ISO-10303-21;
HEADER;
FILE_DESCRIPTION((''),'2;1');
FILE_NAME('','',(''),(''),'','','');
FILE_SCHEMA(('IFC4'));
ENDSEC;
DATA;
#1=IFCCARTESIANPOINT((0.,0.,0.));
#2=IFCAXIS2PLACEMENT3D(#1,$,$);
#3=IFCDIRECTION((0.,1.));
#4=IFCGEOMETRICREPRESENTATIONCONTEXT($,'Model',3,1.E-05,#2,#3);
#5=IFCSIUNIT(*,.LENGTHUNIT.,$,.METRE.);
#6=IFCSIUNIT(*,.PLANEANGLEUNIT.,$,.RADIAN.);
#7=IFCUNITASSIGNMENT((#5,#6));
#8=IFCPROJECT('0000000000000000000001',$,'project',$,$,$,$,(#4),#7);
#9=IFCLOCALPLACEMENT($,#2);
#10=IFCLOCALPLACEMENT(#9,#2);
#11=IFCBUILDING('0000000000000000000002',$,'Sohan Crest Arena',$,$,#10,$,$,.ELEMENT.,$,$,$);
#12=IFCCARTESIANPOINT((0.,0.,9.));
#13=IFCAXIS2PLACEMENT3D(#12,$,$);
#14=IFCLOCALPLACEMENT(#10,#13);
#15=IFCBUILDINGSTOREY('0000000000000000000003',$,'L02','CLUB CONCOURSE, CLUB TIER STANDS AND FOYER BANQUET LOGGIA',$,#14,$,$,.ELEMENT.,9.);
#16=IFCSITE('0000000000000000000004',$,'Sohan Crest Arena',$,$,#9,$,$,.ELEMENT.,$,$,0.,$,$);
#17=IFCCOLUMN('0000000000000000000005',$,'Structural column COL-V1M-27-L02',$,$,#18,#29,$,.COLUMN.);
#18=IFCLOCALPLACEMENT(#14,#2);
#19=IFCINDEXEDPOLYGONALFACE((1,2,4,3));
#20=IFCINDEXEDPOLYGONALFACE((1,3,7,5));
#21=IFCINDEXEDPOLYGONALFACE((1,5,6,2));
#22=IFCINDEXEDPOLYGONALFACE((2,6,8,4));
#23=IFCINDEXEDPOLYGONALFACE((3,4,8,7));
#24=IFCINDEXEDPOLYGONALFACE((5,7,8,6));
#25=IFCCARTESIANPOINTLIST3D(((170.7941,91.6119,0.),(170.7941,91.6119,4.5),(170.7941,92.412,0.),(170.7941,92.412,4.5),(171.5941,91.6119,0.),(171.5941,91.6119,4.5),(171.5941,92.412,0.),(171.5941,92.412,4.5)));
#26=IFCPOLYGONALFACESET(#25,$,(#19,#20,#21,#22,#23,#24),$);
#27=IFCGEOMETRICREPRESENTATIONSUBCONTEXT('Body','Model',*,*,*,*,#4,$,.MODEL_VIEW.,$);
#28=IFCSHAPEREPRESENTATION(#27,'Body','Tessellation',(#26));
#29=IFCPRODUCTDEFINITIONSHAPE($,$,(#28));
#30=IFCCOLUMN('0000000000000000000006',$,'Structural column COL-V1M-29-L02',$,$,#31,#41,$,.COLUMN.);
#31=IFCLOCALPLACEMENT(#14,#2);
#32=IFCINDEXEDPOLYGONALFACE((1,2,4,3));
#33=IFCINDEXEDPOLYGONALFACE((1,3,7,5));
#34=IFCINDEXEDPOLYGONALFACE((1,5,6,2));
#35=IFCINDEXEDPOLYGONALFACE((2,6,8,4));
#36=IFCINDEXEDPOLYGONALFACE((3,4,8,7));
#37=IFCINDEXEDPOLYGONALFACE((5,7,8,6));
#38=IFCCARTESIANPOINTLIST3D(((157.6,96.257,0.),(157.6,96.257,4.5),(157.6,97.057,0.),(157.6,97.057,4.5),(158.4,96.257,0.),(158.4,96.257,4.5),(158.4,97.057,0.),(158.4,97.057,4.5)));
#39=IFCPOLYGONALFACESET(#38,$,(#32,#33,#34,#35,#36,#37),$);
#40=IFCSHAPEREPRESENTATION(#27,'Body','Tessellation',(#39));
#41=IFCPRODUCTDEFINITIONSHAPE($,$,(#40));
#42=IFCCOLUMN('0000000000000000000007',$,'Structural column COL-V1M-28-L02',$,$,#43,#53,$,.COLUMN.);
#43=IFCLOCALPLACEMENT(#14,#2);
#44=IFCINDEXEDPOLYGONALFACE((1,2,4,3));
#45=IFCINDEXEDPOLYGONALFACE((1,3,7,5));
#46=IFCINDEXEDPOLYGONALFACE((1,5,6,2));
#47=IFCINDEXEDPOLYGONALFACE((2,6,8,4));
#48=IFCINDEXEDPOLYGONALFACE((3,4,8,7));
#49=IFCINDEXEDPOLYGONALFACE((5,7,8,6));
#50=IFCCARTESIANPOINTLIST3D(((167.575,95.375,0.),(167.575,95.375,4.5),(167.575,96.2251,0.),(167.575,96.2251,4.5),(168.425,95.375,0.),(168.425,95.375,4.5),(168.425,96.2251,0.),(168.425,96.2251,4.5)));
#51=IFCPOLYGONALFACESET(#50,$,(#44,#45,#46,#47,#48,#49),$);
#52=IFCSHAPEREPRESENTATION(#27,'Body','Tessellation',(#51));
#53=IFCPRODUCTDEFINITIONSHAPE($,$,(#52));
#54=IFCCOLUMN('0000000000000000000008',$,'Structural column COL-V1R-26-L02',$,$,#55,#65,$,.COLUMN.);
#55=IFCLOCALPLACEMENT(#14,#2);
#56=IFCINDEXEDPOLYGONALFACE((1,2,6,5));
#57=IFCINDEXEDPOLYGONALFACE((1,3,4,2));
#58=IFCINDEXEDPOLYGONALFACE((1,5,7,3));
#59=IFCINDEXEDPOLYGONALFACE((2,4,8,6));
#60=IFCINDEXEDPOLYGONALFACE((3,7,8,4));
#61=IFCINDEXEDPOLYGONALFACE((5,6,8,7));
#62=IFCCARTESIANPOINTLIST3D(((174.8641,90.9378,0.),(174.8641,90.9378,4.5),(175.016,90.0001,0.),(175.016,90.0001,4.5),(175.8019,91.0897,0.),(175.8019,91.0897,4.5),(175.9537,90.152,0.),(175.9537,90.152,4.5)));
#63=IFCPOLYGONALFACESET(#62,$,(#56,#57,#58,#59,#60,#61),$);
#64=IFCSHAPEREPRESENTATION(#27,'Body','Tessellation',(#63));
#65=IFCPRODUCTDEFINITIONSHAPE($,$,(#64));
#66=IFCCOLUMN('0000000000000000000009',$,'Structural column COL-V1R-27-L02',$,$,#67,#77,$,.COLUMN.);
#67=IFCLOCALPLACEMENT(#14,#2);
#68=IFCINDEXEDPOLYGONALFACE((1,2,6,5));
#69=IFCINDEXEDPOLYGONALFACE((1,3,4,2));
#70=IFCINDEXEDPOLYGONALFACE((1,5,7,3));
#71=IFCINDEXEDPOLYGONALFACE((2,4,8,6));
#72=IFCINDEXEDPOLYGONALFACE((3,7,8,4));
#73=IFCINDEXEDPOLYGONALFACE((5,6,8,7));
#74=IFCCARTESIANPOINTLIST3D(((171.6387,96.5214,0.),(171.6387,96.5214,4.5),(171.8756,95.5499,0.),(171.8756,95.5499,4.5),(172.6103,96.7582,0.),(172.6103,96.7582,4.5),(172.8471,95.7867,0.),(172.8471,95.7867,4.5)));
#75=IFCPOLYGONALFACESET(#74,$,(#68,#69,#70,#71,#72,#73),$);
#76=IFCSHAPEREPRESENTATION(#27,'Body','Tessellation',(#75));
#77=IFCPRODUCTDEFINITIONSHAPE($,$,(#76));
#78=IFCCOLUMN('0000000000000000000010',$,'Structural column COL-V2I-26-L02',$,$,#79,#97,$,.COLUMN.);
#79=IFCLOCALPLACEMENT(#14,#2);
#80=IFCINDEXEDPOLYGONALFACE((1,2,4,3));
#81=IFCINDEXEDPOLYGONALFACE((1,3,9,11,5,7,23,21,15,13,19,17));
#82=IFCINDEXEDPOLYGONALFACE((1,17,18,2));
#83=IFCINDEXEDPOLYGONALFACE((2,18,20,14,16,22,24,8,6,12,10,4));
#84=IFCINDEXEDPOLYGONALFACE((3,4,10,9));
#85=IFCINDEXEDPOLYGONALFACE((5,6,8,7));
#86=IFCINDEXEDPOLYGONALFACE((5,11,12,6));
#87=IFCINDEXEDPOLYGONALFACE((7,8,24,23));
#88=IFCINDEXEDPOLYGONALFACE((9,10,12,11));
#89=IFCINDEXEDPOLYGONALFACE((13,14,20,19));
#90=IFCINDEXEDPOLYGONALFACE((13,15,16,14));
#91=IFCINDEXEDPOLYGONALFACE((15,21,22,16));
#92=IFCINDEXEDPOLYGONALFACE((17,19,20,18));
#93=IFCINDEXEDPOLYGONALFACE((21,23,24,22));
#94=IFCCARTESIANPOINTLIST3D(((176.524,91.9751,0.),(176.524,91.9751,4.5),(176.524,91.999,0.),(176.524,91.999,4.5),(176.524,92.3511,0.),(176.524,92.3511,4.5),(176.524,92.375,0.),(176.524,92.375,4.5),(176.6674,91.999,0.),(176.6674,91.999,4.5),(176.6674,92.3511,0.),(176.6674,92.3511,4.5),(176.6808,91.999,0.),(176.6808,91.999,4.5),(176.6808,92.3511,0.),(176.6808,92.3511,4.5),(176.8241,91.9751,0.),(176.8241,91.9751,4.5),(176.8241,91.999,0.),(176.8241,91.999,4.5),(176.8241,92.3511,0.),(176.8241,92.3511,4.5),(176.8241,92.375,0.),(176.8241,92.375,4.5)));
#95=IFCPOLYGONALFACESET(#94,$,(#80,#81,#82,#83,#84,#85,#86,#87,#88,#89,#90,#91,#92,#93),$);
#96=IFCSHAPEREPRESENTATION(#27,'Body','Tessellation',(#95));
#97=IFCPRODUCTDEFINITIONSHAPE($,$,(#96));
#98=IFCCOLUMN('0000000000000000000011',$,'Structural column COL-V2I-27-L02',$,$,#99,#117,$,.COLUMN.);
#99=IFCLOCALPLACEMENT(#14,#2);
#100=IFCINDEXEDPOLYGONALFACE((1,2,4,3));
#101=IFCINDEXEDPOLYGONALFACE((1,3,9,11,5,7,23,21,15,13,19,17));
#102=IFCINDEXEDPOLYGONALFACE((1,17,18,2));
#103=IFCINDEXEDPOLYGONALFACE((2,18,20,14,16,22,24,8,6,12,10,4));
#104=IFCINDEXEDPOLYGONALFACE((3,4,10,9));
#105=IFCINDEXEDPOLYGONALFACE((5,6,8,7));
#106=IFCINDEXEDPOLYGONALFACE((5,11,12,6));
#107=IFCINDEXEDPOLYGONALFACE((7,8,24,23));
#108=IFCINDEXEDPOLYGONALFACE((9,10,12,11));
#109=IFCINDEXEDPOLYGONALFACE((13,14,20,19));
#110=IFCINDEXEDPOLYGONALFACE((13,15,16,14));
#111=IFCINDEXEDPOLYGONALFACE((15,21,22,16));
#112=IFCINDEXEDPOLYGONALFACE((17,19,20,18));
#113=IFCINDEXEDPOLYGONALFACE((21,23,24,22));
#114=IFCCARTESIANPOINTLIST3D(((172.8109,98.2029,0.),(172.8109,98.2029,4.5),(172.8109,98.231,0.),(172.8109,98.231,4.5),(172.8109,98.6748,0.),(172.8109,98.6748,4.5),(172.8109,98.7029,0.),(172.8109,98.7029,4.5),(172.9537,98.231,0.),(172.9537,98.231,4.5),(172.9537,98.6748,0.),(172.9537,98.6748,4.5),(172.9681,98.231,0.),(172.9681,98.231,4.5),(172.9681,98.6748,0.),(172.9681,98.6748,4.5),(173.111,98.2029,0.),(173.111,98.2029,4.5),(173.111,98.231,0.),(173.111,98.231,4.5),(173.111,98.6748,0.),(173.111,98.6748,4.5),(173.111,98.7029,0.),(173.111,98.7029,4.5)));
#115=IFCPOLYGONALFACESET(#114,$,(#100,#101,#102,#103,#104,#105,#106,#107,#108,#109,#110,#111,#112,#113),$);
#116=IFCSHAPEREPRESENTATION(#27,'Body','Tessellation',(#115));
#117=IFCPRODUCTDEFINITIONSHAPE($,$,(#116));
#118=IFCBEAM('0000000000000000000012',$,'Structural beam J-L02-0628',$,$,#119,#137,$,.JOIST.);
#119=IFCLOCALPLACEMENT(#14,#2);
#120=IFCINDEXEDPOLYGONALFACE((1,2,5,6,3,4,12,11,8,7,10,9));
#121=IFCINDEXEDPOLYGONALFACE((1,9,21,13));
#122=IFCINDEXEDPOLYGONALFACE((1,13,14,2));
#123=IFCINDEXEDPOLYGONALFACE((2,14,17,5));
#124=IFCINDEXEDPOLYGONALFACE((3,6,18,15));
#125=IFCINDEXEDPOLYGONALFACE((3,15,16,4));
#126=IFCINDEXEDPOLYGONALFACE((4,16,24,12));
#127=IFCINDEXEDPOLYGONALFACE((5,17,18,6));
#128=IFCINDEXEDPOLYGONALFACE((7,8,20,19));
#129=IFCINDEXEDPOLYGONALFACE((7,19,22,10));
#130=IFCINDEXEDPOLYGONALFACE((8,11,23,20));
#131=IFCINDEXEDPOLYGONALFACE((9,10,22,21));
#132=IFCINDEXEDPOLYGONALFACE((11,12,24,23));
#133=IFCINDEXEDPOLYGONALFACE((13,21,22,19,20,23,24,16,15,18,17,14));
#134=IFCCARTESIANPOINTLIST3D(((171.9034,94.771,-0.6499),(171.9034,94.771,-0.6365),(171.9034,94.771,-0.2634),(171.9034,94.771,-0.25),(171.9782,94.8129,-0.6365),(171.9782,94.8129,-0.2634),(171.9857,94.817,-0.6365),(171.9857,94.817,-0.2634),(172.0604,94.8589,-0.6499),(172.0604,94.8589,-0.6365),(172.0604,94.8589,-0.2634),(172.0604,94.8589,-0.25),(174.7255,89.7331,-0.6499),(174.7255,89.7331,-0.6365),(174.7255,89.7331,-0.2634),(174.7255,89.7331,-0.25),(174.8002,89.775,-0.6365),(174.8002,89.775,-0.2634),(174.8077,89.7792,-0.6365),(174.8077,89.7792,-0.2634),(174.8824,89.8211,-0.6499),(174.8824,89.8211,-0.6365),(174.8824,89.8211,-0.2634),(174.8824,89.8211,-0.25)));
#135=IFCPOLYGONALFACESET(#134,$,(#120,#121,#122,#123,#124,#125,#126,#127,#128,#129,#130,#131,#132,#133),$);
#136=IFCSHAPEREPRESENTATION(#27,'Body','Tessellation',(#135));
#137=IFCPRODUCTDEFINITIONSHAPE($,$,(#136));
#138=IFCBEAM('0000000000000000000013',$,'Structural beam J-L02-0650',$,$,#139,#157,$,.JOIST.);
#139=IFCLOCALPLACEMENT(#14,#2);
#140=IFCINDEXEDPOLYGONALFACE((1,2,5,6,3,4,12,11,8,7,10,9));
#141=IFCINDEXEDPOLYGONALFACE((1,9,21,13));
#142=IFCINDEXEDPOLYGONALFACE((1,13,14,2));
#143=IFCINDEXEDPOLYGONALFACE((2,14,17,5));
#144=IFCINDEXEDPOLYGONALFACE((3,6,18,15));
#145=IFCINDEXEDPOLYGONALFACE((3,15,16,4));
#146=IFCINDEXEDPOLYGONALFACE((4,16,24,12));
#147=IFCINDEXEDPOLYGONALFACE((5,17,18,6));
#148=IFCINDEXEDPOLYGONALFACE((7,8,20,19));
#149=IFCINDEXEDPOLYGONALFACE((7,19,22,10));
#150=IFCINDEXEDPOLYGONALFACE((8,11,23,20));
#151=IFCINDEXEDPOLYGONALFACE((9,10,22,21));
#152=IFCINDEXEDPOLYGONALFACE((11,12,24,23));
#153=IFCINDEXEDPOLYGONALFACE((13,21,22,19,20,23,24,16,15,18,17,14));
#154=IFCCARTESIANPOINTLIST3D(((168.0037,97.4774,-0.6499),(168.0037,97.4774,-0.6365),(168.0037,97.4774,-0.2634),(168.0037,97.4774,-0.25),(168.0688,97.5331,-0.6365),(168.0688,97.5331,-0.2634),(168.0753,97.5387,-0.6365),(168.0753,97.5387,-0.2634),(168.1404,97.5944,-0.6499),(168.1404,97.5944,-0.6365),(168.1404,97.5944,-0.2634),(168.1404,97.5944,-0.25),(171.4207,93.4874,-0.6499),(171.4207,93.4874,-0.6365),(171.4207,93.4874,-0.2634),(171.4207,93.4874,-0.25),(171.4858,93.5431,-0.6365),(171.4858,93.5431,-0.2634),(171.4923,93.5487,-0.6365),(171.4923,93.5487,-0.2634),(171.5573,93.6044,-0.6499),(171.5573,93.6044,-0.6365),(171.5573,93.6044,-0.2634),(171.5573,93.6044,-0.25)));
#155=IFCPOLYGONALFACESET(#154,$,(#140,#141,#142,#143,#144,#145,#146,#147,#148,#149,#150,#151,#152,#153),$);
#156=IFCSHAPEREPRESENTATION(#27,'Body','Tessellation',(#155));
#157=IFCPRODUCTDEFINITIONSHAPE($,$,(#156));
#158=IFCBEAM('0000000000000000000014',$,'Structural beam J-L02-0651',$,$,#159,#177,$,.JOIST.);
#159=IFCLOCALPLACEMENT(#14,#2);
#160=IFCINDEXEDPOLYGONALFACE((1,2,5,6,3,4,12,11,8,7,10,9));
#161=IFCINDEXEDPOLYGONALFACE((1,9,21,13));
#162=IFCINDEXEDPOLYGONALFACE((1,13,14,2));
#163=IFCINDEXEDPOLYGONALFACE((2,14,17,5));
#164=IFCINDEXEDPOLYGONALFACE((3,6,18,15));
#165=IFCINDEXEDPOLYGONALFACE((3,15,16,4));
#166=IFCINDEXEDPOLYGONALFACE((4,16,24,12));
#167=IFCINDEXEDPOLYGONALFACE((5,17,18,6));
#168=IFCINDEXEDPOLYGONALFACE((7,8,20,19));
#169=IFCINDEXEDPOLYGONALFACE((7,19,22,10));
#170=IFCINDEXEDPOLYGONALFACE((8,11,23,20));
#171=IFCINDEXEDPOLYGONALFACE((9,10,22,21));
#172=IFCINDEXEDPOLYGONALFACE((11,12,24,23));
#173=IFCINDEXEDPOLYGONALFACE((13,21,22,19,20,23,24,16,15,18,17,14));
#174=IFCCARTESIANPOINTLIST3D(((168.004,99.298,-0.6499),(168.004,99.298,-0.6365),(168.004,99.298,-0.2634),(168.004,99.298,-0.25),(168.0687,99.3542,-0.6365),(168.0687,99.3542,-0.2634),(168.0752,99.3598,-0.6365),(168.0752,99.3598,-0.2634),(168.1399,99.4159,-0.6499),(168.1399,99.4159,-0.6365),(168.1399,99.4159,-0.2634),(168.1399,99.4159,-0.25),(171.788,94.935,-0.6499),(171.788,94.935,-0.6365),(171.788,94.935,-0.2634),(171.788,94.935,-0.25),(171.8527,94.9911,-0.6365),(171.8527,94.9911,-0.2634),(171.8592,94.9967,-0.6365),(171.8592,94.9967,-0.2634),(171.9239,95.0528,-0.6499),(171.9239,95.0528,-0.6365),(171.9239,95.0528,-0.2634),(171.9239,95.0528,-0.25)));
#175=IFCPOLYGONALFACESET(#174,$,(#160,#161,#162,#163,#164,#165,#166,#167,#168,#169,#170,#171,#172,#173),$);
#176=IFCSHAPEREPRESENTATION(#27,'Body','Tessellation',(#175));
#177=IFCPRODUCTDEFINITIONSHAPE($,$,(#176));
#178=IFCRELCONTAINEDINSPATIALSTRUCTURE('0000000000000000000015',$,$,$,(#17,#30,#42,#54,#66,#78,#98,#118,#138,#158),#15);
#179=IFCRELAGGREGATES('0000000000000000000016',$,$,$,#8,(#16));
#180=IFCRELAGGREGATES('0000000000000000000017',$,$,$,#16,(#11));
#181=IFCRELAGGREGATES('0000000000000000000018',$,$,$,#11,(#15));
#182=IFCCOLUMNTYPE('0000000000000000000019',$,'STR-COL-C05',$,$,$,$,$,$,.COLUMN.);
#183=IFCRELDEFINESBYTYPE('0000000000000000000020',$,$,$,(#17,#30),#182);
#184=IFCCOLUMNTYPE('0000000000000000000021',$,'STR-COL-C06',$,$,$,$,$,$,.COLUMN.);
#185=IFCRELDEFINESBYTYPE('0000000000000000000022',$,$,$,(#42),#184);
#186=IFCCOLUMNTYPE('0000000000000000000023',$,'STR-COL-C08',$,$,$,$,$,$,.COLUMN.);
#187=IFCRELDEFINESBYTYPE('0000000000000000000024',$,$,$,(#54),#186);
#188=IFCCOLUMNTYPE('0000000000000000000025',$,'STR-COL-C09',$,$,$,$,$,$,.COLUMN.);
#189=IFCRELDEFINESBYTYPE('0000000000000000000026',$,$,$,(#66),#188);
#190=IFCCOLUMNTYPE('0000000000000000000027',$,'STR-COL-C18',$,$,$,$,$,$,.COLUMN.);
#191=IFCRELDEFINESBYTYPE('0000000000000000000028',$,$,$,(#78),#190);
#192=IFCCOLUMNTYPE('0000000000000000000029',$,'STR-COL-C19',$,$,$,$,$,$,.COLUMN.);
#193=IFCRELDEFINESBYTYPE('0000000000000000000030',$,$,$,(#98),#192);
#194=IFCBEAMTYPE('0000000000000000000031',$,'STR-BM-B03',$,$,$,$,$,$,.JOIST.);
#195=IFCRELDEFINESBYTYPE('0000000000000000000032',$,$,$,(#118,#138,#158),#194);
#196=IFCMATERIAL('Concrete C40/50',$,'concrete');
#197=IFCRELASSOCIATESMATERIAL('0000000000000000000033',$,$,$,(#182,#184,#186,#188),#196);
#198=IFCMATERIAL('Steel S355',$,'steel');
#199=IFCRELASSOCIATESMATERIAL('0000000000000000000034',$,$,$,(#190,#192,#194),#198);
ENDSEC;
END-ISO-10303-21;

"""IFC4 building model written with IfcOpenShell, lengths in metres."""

from ifc_helpers import new_model, si_unit, direction, frame, origin, origin_2d, place, context, subcontext, project, spatial, rectangle, i_section, extrude, material, material_profile, profile_set, type_object, element, save


model = new_model("IFC4")

# Units and contexts
model_context = context("Model", 3, precision=1e-05, world=origin(), true_north=direction((0.0, 1.0)))
body_context = subcontext(model_context, "Body", "Model", "MODEL_VIEW")
ifc_project = project(units=[si_unit("LENGTHUNIT", "METRE"), si_unit("PLANEANGLEUNIT", "RADIAN")], contexts=[model_context])

# Site, building, storey
site_placement = place(None, origin())
site = spatial("IfcSite", under=ifc_project, at=site_placement, Name="Sohan Crest Arena", CompositionType="ELEMENT", RefElevation=0.0)
building_placement = place(site_placement, origin())
building = spatial("IfcBuilding", under=site, at=building_placement, Name="Sohan Crest Arena", CompositionType="ELEMENT")
storey_placement = place(building_placement, frame((0.0, 0.0, 9.0)))
storey = spatial("IfcBuildingStorey", under=building, at=storey_placement, Name="L02", Description="CLUB CONCOURSE, CLUB TIER STANDS AND FOYER BANQUET LOGGIA", CompositionType="ELEMENT", Elevation=9.0)

# Columns
ifc_material_1 = material(Name="Concrete C40/50", Category="concrete")
ifc_material_profile_1 = material_profile(ifc_material_1, rectangle(XDim=0.8, YDim=0.8, at=origin_2d()), Name="RC 800x800")
ifc_profile_set_1 = profile_set([ifc_material_profile_1], Name="Concrete C40/50")
column_type_1 = type_object("IfcColumnType", Name="STR-COL-C05", PredefinedType="COLUMN", material=ifc_profile_set_1)
for number, where, z_axis, x_axis, name in (
    (1, (171.1941, 92.012, 0.0), (0.0, 0.0, 1.0), (1.0, 0.0, 0.0), "Structural column COL-V1M-27-L02"),
    (2, (158.0, 96.657, 0.0), (0.0, 0.0, 1.0), (1.0, 0.0, 0.0), "Structural column COL-V1M-29-L02"),
):
    element("IfcColumn", number, at=place(storey_placement, frame(where, z_axis=z_axis, x_axis=x_axis)), inside=storey, type_object=column_type_1, Name=name, PredefinedType="COLUMN", context=body_context, shape_type="SweptSolid", body=[
        extrude(rectangle(XDim=0.8, YDim=0.8, at=origin_2d()), origin(), (0.0, 0.0, 1.0), 4.5),
    ])
ifc_material_profile_2 = material_profile(ifc_material_1, rectangle(XDim=0.8501, YDim=0.8501, at=origin_2d()), Name="RC 850x850")
ifc_profile_set_2 = profile_set([ifc_material_profile_2], Name="Concrete C40/50")
column_type_2 = type_object("IfcColumnType", Name="STR-COL-C06", PredefinedType="COLUMN", material=ifc_profile_set_2)
column_1_placement = place(storey_placement, frame((168.0, 95.8, 0.0), z_axis=(0.0, 0.0, 1.0), x_axis=(1.0, 0.0, 0.0)))
element("IfcColumn", 3, at=column_1_placement, inside=storey, type_object=column_type_2, Name="Structural column COL-V1M-28-L02", PredefinedType="COLUMN", context=body_context, shape_type="SweptSolid", body=[
    extrude(rectangle(XDim=0.8501, YDim=0.8501, at=origin_2d()), origin(), (0.0, 0.0, 1.0), 4.5),
])
ifc_material_profile_3 = material_profile(ifc_material_1, rectangle(XDim=0.95, YDim=0.95, at=origin_2d()), Name="RC 950x950")
ifc_profile_set_3 = profile_set([ifc_material_profile_3], Name="Concrete C40/50")
column_type_3 = type_object("IfcColumnType", Name="STR-COL-C08", PredefinedType="COLUMN", material=ifc_profile_set_3)
column_2_placement = place(storey_placement, frame((175.4089, 90.5449, 0.0), z_axis=(0.0, 0.0, 1.0), x_axis=(0.987136, 0.159881, 0.0)))
element("IfcColumn", 4, at=column_2_placement, inside=storey, type_object=column_type_3, Name="Structural column COL-V1R-26-L02", PredefinedType="COLUMN", context=body_context, shape_type="SweptSolid", body=[
    extrude(rectangle(XDim=0.95, YDim=0.95, at=origin_2d()), origin(), (0.0, 0.0, 1.0), 4.5),
])
ifc_material_profile_4 = material_profile(ifc_material_1, rectangle(XDim=1.0, YDim=1.0, at=origin_2d()), Name="RC 1000x1000")
ifc_profile_set_4 = profile_set([ifc_material_profile_4], Name="Concrete C40/50")
column_type_4 = type_object("IfcColumnType", Name="STR-COL-C09", PredefinedType="COLUMN", material=ifc_profile_set_4)
column_3_placement = place(storey_placement, frame((172.2429, 96.1541, 0.0), z_axis=(0.0, 0.0, 1.0), x_axis=(0.971549, 0.236838, 0.0)))
element("IfcColumn", 5, at=column_3_placement, inside=storey, type_object=column_type_4, Name="Structural column COL-V1R-27-L02", PredefinedType="COLUMN", context=body_context, shape_type="SweptSolid", body=[
    extrude(rectangle(XDim=1.0, YDim=1.0, at=origin_2d()), origin(), (0.0, 0.0, 1.0), 4.5),
])
ifc_material_2 = material(Name="Steel S355", Category="steel")
ifc_material_profile_5 = material_profile(ifc_material_2, i_section(OverallWidth=0.3, OverallDepth=0.3999, WebThickness=0.0134, FlangeThickness=0.0239, at=origin_2d()), Name="HEB 400")
ifc_profile_set_5 = profile_set([ifc_material_profile_5], Name="Steel S355")
column_type_5 = type_object("IfcColumnType", Name="STR-COL-C18", PredefinedType="COLUMN", material=ifc_profile_set_5)
column_4_placement = place(storey_placement, frame((176.6741, 92.175, 0.0), z_axis=(0.0, 0.0, 1.0), x_axis=(1.0, 0.0, 0.0)))
element("IfcColumn", 6, at=column_4_placement, inside=storey, type_object=column_type_5, Name="Structural column COL-V2I-26-L02", PredefinedType="COLUMN", context=body_context, shape_type="SweptSolid", body=[
    extrude(i_section(OverallWidth=0.3, OverallDepth=0.3999, WebThickness=0.0134, FlangeThickness=0.0239, at=origin_2d()), origin(), (0.0, 0.0, 1.0), 4.5),
])
ifc_material_profile_6 = material_profile(ifc_material_2, i_section(OverallWidth=0.3, OverallDepth=0.5, WebThickness=0.0144, FlangeThickness=0.0281, at=origin_2d()), Name="HEB 500")
ifc_profile_set_6 = profile_set([ifc_material_profile_6], Name="Steel S355")
column_type_6 = type_object("IfcColumnType", Name="STR-COL-C19", PredefinedType="COLUMN", material=ifc_profile_set_6)
column_5_placement = place(storey_placement, frame((172.9609, 98.4529, 0.0), z_axis=(0.0, 0.0, 1.0), x_axis=(1.0, 0.0, 0.0)))
element("IfcColumn", 7, at=column_5_placement, inside=storey, type_object=column_type_6, Name="Structural column COL-V2I-27-L02", PredefinedType="COLUMN", context=body_context, shape_type="SweptSolid", body=[
    extrude(i_section(OverallWidth=0.3, OverallDepth=0.5, WebThickness=0.0144, FlangeThickness=0.0281, at=origin_2d()), origin(), (0.0, 0.0, 1.0), 4.5),
])

# Beams
ifc_material_profile_7 = material_profile(ifc_material_2, i_section(OverallWidth=0.1799, OverallDepth=0.3999, WebThickness=0.0085, FlangeThickness=0.0134, at=origin_2d()), Name="IPE 400")
ifc_profile_set_7 = profile_set([ifc_material_profile_7], Name="Steel S355")
beam_type_1 = type_object("IfcBeamType", Name="STR-BM-B03", PredefinedType="JOIST", material=ifc_profile_set_7)
beam_1_placement = place(storey_placement, frame((174.804, 89.7771, -0.45), z_axis=(-0.488713, 0.872445, 0.0), x_axis=(-0.872445, -0.488713, 0.0)))
element("IfcBeam", 8, at=beam_1_placement, inside=storey, type_object=beam_type_1, Name="Structural beam J-L02-0628", PredefinedType="JOIST", context=body_context, shape_type="SweptSolid", body=[
    extrude(i_section(OverallWidth=0.1799, OverallDepth=0.3999, WebThickness=0.0085, FlangeThickness=0.0134, at=origin_2d()), origin(), (0.0, 0.0, 1.0), 5.7744),
])
beam_2_placement = place(storey_placement, frame((171.489, 93.5459, -0.45), z_axis=(-0.650462, 0.759539, 0.0), x_axis=(-0.759539, -0.650462, 0.0)))
element("IfcBeam", 9, at=beam_2_placement, inside=storey, type_object=beam_type_1, Name="Structural beam J-L02-0650", PredefinedType="JOIST", context=body_context, shape_type="SweptSolid", body=[
    extrude(i_section(OverallWidth=0.1799, OverallDepth=0.3999, WebThickness=0.0085, FlangeThickness=0.0134, at=origin_2d()), origin(), (0.0, 0.0, 1.0), 5.2532),
])
beam_3_placement = place(storey_placement, frame((171.856, 94.9939, -0.45), z_axis=(-0.655191, 0.755463, 0.0), x_axis=(-0.755463, -0.655191, 0.0)))
element("IfcBeam", 10, at=beam_3_placement, inside=storey, type_object=beam_type_1, Name="Structural beam J-L02-0651", PredefinedType="JOIST", context=body_context, shape_type="SweptSolid", body=[
    extrude(i_section(OverallWidth=0.1799, OverallDepth=0.3999, WebThickness=0.0085, FlangeThickness=0.0134, at=origin_2d()), origin(), (0.0, 0.0, 1.0), 5.7754),
])

save(model, "model.ifc")
